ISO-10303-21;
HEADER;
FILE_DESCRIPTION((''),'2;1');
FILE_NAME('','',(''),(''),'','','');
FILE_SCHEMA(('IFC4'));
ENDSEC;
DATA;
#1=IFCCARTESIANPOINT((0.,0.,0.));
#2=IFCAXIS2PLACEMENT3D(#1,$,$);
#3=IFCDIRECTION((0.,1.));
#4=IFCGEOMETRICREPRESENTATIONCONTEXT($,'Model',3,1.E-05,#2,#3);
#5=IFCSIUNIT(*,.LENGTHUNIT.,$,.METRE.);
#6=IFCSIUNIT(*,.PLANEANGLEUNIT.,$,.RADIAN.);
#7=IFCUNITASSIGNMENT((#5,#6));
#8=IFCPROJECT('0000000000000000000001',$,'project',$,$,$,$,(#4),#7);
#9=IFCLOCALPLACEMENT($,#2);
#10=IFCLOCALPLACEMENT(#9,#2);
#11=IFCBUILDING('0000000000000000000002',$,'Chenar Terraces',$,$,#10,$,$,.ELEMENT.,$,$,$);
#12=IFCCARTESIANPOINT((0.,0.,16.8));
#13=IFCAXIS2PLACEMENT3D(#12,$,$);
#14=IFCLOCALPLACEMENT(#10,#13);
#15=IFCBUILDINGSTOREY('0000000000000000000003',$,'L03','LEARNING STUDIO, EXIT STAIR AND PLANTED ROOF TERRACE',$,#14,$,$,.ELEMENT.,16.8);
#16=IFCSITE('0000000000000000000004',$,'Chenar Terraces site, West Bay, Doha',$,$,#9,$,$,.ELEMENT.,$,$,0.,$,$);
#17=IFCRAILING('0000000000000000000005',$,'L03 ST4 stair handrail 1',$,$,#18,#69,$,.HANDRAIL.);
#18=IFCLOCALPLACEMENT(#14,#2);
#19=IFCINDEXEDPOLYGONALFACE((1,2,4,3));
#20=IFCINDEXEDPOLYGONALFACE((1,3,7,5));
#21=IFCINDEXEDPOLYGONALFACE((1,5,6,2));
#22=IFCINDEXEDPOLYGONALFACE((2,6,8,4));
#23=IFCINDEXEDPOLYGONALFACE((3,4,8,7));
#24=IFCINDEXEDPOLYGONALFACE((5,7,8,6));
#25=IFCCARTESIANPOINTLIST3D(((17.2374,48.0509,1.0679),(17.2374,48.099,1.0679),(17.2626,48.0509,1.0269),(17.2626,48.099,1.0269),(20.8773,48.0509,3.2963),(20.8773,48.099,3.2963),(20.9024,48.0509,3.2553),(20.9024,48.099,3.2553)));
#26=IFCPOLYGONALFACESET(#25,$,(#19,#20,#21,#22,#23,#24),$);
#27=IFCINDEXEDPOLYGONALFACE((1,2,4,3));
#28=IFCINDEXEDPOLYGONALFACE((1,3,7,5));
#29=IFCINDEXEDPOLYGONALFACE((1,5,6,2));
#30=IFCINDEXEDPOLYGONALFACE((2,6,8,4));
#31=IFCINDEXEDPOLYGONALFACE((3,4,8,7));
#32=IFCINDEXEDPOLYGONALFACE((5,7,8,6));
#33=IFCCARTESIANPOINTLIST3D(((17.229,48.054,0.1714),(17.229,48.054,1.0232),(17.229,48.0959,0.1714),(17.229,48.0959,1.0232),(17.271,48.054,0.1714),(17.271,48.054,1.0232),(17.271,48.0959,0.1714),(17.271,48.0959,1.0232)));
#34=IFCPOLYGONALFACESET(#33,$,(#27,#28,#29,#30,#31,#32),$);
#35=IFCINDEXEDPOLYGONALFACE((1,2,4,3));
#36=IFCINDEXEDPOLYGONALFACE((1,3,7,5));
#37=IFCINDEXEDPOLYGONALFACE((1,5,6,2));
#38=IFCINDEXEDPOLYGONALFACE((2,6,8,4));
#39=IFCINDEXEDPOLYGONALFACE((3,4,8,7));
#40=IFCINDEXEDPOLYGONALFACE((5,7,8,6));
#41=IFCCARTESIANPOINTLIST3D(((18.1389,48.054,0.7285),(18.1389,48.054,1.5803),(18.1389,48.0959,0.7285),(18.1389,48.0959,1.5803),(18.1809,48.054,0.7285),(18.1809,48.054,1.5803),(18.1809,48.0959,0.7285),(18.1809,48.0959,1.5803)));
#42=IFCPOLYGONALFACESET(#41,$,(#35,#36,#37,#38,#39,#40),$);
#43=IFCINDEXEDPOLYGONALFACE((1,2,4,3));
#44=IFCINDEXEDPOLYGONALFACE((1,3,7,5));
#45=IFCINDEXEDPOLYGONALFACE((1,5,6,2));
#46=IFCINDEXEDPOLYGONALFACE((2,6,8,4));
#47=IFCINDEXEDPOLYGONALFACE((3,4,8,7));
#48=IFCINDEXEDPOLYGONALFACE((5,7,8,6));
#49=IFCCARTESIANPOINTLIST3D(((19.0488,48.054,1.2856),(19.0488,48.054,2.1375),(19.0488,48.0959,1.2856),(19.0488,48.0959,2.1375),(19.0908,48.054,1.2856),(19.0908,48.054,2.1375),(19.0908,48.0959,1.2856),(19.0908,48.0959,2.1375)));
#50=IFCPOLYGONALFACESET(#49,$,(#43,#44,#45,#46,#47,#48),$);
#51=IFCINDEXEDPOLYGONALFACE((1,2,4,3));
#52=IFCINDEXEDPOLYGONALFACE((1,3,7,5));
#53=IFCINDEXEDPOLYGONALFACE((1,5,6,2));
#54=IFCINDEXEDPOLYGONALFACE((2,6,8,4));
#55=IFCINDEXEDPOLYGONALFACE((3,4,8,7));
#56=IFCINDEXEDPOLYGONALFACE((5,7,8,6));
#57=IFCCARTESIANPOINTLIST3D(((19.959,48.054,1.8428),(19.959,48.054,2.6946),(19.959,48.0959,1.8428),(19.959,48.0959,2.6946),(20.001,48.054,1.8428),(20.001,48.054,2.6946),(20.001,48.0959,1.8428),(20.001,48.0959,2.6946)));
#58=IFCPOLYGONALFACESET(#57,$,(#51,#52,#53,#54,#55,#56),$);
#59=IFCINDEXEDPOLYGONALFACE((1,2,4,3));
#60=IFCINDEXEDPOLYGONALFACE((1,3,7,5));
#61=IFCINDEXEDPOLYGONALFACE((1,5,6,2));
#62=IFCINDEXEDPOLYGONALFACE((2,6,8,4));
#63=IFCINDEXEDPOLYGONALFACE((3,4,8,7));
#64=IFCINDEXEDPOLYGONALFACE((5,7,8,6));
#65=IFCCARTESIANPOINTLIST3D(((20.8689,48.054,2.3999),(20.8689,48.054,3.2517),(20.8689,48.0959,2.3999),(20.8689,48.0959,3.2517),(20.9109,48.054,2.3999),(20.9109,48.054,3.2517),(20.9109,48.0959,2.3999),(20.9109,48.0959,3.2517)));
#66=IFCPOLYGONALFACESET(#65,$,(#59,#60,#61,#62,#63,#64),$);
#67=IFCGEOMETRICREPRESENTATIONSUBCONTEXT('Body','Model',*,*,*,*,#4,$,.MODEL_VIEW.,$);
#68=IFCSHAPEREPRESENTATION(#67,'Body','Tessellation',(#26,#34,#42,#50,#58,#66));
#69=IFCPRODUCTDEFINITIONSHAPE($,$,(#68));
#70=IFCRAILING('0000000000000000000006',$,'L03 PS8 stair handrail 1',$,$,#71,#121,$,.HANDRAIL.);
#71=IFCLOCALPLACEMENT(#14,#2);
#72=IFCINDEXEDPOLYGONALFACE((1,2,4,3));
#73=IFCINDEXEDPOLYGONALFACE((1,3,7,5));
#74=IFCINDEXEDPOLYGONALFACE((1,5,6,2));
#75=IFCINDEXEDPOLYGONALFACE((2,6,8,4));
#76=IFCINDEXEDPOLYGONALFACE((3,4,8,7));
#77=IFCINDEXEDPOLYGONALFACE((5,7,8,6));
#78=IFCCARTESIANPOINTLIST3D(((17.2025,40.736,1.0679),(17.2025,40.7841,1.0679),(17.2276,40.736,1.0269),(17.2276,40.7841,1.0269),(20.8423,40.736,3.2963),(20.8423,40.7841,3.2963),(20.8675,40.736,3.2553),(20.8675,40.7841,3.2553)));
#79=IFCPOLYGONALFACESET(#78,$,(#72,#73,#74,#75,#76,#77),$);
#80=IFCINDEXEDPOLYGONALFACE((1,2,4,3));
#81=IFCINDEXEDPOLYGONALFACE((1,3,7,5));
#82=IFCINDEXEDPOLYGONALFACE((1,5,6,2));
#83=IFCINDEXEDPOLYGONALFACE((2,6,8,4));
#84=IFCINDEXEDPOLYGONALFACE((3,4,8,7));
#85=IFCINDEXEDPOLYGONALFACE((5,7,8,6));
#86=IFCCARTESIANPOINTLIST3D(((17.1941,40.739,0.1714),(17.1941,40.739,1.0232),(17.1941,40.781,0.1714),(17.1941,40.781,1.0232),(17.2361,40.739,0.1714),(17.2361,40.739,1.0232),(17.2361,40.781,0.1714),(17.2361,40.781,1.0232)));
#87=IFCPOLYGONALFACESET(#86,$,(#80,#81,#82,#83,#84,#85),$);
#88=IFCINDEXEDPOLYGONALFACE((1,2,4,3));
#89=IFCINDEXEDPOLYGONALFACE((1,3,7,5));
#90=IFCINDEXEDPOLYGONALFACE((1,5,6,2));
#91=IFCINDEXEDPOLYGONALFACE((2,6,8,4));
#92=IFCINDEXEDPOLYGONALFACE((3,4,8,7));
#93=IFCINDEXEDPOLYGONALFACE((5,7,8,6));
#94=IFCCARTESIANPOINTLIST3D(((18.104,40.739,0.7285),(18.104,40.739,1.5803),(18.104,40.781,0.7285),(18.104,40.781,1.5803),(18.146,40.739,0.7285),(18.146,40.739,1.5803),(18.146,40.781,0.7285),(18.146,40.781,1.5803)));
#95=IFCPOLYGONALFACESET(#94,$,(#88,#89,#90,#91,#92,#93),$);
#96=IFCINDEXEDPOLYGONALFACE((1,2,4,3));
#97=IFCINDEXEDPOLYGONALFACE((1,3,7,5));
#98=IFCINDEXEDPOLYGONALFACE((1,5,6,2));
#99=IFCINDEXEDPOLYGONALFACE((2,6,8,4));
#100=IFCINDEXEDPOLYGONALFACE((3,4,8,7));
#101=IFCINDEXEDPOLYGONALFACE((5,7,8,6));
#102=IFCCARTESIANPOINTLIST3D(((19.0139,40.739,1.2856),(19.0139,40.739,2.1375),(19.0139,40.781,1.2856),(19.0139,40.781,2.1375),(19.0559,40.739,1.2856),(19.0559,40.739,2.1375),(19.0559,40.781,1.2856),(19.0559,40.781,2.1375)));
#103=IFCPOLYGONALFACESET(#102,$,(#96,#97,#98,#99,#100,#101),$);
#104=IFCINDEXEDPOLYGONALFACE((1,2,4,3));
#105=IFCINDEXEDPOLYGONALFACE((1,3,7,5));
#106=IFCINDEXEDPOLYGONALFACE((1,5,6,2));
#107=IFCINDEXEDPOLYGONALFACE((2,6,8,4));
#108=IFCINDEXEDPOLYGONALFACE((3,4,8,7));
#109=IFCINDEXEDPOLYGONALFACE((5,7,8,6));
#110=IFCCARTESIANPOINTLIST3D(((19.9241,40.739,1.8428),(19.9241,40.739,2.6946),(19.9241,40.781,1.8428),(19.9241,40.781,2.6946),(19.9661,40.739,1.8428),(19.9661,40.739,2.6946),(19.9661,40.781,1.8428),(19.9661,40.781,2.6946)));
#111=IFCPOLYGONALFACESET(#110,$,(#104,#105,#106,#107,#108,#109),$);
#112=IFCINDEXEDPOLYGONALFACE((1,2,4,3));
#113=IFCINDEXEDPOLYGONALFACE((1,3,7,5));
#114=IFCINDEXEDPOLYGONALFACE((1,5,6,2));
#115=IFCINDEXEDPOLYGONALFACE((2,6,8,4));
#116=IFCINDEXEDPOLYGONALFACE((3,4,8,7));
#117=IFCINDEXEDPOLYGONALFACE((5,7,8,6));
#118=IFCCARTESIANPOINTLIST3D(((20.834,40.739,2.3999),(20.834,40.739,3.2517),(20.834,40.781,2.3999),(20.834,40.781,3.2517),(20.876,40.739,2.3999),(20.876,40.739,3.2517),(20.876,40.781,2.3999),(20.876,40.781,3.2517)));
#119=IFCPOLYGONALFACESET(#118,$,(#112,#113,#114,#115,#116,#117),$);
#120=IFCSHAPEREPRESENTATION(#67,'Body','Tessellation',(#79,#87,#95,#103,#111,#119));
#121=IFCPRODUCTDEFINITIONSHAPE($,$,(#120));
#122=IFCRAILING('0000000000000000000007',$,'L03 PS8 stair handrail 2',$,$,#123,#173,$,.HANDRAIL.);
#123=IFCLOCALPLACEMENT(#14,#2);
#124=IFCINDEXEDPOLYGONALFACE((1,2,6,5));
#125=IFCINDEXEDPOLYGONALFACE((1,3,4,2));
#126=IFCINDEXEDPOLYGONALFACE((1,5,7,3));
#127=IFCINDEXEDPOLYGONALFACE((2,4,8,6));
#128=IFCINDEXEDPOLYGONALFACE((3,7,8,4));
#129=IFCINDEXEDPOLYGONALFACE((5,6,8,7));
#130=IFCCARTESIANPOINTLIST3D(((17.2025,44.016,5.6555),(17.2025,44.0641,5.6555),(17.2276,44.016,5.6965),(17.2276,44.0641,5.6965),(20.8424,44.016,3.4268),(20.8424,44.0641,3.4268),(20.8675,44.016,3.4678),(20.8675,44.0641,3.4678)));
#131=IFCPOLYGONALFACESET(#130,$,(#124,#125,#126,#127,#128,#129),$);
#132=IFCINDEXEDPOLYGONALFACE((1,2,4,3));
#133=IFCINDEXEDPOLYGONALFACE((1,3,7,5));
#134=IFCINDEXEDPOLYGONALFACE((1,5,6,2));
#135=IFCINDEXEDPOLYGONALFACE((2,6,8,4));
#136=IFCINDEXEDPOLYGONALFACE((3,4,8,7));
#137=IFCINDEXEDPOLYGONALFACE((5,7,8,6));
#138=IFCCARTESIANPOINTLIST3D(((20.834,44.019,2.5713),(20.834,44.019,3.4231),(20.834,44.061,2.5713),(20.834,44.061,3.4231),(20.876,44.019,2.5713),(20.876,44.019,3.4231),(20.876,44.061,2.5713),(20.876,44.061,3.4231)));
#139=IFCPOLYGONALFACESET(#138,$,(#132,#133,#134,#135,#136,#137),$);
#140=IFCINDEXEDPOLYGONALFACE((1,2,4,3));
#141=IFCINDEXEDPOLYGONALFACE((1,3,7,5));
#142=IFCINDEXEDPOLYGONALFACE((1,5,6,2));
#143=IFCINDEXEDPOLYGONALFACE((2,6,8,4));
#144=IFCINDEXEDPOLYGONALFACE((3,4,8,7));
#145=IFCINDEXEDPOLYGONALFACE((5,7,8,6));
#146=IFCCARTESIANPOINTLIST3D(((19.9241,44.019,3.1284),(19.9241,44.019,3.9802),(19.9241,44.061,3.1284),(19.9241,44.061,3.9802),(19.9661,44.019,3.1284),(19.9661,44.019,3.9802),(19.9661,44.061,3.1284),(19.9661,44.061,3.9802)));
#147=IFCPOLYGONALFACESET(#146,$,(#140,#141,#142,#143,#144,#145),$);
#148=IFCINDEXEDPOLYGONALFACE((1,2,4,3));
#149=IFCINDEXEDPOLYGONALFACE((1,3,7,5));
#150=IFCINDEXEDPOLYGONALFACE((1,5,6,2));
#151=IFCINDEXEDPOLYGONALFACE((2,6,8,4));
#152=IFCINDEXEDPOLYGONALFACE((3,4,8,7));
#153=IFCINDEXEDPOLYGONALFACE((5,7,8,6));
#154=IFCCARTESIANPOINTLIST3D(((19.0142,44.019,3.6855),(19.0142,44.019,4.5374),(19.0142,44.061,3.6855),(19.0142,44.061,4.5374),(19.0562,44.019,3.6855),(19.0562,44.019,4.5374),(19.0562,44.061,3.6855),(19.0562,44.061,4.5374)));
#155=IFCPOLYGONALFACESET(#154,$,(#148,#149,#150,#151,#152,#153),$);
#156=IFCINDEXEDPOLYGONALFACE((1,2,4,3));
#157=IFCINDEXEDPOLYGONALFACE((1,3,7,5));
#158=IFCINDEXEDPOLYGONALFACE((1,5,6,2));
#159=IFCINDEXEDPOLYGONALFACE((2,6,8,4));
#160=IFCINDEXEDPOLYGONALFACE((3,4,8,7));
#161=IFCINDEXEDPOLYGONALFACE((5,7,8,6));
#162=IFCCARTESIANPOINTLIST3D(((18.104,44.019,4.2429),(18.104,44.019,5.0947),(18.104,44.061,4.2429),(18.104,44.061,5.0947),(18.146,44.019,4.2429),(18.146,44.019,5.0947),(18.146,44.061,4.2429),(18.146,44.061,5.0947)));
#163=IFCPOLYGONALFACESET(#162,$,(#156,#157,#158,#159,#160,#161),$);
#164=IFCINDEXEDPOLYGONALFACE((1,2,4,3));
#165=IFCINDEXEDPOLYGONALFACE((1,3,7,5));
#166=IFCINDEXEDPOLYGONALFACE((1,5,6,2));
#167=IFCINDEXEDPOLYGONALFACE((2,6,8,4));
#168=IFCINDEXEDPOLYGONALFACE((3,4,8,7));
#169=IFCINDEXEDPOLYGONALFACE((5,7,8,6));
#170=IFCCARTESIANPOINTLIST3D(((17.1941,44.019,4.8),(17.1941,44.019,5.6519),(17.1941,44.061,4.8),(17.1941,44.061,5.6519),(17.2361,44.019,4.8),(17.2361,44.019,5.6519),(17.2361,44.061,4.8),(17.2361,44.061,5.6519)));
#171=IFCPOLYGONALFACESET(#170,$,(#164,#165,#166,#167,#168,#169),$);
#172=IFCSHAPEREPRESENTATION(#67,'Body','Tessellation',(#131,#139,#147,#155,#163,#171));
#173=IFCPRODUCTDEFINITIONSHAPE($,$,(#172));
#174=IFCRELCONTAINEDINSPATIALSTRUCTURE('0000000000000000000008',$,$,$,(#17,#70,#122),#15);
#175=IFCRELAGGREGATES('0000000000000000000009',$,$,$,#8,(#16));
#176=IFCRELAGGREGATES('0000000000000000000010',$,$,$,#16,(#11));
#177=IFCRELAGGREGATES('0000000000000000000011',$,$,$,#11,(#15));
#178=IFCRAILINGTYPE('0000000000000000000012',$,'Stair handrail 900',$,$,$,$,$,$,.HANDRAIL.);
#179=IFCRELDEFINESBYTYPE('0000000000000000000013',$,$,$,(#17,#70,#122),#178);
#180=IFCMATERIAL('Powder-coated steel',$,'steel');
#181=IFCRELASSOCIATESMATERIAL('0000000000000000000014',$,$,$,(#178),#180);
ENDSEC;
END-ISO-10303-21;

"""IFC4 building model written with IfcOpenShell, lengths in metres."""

from ifc_helpers import new_model, si_unit, direction, frame, origin, origin_2d, place, context, subcontext, project, spatial, rectangle, extrude, material, type_object, element, save


model = new_model("IFC4")

# Units and contexts
model_context = context("Model", 3, precision=1e-05, world=origin(), true_north=direction((0.0, 1.0)))
body_context = subcontext(model_context, "Body", "Model", "MODEL_VIEW")
ifc_project = project(units=[si_unit("LENGTHUNIT", "METRE"), si_unit("PLANEANGLEUNIT", "RADIAN")], contexts=[model_context])

# Site, building, storey
site_placement = place(None, origin())
site = spatial("IfcSite", under=ifc_project, at=site_placement, Name="Chenar Terraces site, West Bay, Doha", CompositionType="ELEMENT", RefElevation=0.0)
building_placement = place(site_placement, origin())
building = spatial("IfcBuilding", under=site, at=building_placement, Name="Chenar Terraces", CompositionType="ELEMENT")
storey_placement = place(building_placement, frame((0.0, 0.0, 16.8)))
storey = spatial("IfcBuildingStorey", under=building, at=storey_placement, Name="L03", Description="LEARNING STUDIO, EXIT STAIR AND PLANTED ROOF TERRACE", CompositionType="ELEMENT", Elevation=16.8)

# Railings
ifc_material_1 = material(Name="Powder-coated steel", Category="steel")
railing_type_1 = type_object("IfcRailingType", Name="Stair handrail 900", PredefinedType="HANDRAIL", material=ifc_material_1)
for number, where, name in (
    (1, (17.25, 48.075, 0.1714), "L03 ST4 stair handrail 1"),
    (2, (17.2151, 40.76, 0.1714), "L03 PS8 stair handrail 1"),
):
    element("IfcRailing", number, at=place(storey_placement, frame(where)), inside=storey, type_object=railing_type_1, Name=name, PredefinedType="HANDRAIL", context=body_context, shape_type="SweptSolid", body=[
        extrude(rectangle(XDim=0.0481, YDim=0.0481, at=origin_2d()), frame((0.0, 0.0, 0.876), z_axis=(0.85285, 0.0, 0.522156), x_axis=(0.0, 1.0, 0.0)), (0.0, 0.0, 1.0), 4.2678),
        extrude(rectangle(XDim=0.042, YDim=0.042, at=origin_2d()), origin(), (0.0, 0.0, 1.0), 0.8518),
        extrude(rectangle(XDim=0.042, YDim=0.042, at=origin_2d()), frame((0.9099, 0.0, 0.5571)), (0.0, 0.0, 1.0), 0.8518),
        extrude(rectangle(XDim=0.042, YDim=0.042, at=origin_2d()), frame((1.8198, 0.0, 1.1143)), (0.0, 0.0, 1.0), 0.8518),
        extrude(rectangle(XDim=0.042, YDim=0.042, at=origin_2d()), frame((2.73, 0.0, 1.6714)), (0.0, 0.0, 1.0), 0.8518),
        extrude(rectangle(XDim=0.042, YDim=0.042, at=origin_2d()), frame((3.6399, 0.0, 2.2285)), (0.0, 0.0, 1.0), 0.8518),
    ])
railing_1_placement = place(storey_placement, frame((20.855, 44.04, 2.5713)))
element("IfcRailing", 3, at=railing_1_placement, inside=storey, type_object=railing_type_1, Name="L03 PS8 stair handrail 2", PredefinedType="HANDRAIL", context=body_context, shape_type="SweptSolid", body=[
    extrude(rectangle(XDim=0.0481, YDim=0.0481, at=origin_2d()), frame((0.0, 0.0, 0.876), z_axis=(-0.852825, 0.0, 0.522197), x_axis=(0.0, -1.0, 0.0)), (0.0, 0.0, 1.0), 4.2681),
    extrude(rectangle(XDim=0.042, YDim=0.042, at=origin_2d()), origin(), (0.0, 0.0, 1.0), 0.8518),
    extrude(rectangle(XDim=0.042, YDim=0.042, at=origin_2d()), frame((-0.9099, 0.0, 0.5571)), (0.0, 0.0, 1.0), 0.8518),
    extrude(rectangle(XDim=0.042, YDim=0.042, at=origin_2d()), frame((-1.8198, 0.0, 1.1143)), (0.0, 0.0, 1.0), 0.8518),
    extrude(rectangle(XDim=0.042, YDim=0.042, at=origin_2d()), frame((-2.73, 0.0, 1.6716)), (0.0, 0.0, 1.0), 0.8518),
    extrude(rectangle(XDim=0.042, YDim=0.042, at=origin_2d()), frame((-3.6399, 0.0, 2.2288)), (0.0, 0.0, 1.0), 0.8518),
])

save(model, "model.ifc")
